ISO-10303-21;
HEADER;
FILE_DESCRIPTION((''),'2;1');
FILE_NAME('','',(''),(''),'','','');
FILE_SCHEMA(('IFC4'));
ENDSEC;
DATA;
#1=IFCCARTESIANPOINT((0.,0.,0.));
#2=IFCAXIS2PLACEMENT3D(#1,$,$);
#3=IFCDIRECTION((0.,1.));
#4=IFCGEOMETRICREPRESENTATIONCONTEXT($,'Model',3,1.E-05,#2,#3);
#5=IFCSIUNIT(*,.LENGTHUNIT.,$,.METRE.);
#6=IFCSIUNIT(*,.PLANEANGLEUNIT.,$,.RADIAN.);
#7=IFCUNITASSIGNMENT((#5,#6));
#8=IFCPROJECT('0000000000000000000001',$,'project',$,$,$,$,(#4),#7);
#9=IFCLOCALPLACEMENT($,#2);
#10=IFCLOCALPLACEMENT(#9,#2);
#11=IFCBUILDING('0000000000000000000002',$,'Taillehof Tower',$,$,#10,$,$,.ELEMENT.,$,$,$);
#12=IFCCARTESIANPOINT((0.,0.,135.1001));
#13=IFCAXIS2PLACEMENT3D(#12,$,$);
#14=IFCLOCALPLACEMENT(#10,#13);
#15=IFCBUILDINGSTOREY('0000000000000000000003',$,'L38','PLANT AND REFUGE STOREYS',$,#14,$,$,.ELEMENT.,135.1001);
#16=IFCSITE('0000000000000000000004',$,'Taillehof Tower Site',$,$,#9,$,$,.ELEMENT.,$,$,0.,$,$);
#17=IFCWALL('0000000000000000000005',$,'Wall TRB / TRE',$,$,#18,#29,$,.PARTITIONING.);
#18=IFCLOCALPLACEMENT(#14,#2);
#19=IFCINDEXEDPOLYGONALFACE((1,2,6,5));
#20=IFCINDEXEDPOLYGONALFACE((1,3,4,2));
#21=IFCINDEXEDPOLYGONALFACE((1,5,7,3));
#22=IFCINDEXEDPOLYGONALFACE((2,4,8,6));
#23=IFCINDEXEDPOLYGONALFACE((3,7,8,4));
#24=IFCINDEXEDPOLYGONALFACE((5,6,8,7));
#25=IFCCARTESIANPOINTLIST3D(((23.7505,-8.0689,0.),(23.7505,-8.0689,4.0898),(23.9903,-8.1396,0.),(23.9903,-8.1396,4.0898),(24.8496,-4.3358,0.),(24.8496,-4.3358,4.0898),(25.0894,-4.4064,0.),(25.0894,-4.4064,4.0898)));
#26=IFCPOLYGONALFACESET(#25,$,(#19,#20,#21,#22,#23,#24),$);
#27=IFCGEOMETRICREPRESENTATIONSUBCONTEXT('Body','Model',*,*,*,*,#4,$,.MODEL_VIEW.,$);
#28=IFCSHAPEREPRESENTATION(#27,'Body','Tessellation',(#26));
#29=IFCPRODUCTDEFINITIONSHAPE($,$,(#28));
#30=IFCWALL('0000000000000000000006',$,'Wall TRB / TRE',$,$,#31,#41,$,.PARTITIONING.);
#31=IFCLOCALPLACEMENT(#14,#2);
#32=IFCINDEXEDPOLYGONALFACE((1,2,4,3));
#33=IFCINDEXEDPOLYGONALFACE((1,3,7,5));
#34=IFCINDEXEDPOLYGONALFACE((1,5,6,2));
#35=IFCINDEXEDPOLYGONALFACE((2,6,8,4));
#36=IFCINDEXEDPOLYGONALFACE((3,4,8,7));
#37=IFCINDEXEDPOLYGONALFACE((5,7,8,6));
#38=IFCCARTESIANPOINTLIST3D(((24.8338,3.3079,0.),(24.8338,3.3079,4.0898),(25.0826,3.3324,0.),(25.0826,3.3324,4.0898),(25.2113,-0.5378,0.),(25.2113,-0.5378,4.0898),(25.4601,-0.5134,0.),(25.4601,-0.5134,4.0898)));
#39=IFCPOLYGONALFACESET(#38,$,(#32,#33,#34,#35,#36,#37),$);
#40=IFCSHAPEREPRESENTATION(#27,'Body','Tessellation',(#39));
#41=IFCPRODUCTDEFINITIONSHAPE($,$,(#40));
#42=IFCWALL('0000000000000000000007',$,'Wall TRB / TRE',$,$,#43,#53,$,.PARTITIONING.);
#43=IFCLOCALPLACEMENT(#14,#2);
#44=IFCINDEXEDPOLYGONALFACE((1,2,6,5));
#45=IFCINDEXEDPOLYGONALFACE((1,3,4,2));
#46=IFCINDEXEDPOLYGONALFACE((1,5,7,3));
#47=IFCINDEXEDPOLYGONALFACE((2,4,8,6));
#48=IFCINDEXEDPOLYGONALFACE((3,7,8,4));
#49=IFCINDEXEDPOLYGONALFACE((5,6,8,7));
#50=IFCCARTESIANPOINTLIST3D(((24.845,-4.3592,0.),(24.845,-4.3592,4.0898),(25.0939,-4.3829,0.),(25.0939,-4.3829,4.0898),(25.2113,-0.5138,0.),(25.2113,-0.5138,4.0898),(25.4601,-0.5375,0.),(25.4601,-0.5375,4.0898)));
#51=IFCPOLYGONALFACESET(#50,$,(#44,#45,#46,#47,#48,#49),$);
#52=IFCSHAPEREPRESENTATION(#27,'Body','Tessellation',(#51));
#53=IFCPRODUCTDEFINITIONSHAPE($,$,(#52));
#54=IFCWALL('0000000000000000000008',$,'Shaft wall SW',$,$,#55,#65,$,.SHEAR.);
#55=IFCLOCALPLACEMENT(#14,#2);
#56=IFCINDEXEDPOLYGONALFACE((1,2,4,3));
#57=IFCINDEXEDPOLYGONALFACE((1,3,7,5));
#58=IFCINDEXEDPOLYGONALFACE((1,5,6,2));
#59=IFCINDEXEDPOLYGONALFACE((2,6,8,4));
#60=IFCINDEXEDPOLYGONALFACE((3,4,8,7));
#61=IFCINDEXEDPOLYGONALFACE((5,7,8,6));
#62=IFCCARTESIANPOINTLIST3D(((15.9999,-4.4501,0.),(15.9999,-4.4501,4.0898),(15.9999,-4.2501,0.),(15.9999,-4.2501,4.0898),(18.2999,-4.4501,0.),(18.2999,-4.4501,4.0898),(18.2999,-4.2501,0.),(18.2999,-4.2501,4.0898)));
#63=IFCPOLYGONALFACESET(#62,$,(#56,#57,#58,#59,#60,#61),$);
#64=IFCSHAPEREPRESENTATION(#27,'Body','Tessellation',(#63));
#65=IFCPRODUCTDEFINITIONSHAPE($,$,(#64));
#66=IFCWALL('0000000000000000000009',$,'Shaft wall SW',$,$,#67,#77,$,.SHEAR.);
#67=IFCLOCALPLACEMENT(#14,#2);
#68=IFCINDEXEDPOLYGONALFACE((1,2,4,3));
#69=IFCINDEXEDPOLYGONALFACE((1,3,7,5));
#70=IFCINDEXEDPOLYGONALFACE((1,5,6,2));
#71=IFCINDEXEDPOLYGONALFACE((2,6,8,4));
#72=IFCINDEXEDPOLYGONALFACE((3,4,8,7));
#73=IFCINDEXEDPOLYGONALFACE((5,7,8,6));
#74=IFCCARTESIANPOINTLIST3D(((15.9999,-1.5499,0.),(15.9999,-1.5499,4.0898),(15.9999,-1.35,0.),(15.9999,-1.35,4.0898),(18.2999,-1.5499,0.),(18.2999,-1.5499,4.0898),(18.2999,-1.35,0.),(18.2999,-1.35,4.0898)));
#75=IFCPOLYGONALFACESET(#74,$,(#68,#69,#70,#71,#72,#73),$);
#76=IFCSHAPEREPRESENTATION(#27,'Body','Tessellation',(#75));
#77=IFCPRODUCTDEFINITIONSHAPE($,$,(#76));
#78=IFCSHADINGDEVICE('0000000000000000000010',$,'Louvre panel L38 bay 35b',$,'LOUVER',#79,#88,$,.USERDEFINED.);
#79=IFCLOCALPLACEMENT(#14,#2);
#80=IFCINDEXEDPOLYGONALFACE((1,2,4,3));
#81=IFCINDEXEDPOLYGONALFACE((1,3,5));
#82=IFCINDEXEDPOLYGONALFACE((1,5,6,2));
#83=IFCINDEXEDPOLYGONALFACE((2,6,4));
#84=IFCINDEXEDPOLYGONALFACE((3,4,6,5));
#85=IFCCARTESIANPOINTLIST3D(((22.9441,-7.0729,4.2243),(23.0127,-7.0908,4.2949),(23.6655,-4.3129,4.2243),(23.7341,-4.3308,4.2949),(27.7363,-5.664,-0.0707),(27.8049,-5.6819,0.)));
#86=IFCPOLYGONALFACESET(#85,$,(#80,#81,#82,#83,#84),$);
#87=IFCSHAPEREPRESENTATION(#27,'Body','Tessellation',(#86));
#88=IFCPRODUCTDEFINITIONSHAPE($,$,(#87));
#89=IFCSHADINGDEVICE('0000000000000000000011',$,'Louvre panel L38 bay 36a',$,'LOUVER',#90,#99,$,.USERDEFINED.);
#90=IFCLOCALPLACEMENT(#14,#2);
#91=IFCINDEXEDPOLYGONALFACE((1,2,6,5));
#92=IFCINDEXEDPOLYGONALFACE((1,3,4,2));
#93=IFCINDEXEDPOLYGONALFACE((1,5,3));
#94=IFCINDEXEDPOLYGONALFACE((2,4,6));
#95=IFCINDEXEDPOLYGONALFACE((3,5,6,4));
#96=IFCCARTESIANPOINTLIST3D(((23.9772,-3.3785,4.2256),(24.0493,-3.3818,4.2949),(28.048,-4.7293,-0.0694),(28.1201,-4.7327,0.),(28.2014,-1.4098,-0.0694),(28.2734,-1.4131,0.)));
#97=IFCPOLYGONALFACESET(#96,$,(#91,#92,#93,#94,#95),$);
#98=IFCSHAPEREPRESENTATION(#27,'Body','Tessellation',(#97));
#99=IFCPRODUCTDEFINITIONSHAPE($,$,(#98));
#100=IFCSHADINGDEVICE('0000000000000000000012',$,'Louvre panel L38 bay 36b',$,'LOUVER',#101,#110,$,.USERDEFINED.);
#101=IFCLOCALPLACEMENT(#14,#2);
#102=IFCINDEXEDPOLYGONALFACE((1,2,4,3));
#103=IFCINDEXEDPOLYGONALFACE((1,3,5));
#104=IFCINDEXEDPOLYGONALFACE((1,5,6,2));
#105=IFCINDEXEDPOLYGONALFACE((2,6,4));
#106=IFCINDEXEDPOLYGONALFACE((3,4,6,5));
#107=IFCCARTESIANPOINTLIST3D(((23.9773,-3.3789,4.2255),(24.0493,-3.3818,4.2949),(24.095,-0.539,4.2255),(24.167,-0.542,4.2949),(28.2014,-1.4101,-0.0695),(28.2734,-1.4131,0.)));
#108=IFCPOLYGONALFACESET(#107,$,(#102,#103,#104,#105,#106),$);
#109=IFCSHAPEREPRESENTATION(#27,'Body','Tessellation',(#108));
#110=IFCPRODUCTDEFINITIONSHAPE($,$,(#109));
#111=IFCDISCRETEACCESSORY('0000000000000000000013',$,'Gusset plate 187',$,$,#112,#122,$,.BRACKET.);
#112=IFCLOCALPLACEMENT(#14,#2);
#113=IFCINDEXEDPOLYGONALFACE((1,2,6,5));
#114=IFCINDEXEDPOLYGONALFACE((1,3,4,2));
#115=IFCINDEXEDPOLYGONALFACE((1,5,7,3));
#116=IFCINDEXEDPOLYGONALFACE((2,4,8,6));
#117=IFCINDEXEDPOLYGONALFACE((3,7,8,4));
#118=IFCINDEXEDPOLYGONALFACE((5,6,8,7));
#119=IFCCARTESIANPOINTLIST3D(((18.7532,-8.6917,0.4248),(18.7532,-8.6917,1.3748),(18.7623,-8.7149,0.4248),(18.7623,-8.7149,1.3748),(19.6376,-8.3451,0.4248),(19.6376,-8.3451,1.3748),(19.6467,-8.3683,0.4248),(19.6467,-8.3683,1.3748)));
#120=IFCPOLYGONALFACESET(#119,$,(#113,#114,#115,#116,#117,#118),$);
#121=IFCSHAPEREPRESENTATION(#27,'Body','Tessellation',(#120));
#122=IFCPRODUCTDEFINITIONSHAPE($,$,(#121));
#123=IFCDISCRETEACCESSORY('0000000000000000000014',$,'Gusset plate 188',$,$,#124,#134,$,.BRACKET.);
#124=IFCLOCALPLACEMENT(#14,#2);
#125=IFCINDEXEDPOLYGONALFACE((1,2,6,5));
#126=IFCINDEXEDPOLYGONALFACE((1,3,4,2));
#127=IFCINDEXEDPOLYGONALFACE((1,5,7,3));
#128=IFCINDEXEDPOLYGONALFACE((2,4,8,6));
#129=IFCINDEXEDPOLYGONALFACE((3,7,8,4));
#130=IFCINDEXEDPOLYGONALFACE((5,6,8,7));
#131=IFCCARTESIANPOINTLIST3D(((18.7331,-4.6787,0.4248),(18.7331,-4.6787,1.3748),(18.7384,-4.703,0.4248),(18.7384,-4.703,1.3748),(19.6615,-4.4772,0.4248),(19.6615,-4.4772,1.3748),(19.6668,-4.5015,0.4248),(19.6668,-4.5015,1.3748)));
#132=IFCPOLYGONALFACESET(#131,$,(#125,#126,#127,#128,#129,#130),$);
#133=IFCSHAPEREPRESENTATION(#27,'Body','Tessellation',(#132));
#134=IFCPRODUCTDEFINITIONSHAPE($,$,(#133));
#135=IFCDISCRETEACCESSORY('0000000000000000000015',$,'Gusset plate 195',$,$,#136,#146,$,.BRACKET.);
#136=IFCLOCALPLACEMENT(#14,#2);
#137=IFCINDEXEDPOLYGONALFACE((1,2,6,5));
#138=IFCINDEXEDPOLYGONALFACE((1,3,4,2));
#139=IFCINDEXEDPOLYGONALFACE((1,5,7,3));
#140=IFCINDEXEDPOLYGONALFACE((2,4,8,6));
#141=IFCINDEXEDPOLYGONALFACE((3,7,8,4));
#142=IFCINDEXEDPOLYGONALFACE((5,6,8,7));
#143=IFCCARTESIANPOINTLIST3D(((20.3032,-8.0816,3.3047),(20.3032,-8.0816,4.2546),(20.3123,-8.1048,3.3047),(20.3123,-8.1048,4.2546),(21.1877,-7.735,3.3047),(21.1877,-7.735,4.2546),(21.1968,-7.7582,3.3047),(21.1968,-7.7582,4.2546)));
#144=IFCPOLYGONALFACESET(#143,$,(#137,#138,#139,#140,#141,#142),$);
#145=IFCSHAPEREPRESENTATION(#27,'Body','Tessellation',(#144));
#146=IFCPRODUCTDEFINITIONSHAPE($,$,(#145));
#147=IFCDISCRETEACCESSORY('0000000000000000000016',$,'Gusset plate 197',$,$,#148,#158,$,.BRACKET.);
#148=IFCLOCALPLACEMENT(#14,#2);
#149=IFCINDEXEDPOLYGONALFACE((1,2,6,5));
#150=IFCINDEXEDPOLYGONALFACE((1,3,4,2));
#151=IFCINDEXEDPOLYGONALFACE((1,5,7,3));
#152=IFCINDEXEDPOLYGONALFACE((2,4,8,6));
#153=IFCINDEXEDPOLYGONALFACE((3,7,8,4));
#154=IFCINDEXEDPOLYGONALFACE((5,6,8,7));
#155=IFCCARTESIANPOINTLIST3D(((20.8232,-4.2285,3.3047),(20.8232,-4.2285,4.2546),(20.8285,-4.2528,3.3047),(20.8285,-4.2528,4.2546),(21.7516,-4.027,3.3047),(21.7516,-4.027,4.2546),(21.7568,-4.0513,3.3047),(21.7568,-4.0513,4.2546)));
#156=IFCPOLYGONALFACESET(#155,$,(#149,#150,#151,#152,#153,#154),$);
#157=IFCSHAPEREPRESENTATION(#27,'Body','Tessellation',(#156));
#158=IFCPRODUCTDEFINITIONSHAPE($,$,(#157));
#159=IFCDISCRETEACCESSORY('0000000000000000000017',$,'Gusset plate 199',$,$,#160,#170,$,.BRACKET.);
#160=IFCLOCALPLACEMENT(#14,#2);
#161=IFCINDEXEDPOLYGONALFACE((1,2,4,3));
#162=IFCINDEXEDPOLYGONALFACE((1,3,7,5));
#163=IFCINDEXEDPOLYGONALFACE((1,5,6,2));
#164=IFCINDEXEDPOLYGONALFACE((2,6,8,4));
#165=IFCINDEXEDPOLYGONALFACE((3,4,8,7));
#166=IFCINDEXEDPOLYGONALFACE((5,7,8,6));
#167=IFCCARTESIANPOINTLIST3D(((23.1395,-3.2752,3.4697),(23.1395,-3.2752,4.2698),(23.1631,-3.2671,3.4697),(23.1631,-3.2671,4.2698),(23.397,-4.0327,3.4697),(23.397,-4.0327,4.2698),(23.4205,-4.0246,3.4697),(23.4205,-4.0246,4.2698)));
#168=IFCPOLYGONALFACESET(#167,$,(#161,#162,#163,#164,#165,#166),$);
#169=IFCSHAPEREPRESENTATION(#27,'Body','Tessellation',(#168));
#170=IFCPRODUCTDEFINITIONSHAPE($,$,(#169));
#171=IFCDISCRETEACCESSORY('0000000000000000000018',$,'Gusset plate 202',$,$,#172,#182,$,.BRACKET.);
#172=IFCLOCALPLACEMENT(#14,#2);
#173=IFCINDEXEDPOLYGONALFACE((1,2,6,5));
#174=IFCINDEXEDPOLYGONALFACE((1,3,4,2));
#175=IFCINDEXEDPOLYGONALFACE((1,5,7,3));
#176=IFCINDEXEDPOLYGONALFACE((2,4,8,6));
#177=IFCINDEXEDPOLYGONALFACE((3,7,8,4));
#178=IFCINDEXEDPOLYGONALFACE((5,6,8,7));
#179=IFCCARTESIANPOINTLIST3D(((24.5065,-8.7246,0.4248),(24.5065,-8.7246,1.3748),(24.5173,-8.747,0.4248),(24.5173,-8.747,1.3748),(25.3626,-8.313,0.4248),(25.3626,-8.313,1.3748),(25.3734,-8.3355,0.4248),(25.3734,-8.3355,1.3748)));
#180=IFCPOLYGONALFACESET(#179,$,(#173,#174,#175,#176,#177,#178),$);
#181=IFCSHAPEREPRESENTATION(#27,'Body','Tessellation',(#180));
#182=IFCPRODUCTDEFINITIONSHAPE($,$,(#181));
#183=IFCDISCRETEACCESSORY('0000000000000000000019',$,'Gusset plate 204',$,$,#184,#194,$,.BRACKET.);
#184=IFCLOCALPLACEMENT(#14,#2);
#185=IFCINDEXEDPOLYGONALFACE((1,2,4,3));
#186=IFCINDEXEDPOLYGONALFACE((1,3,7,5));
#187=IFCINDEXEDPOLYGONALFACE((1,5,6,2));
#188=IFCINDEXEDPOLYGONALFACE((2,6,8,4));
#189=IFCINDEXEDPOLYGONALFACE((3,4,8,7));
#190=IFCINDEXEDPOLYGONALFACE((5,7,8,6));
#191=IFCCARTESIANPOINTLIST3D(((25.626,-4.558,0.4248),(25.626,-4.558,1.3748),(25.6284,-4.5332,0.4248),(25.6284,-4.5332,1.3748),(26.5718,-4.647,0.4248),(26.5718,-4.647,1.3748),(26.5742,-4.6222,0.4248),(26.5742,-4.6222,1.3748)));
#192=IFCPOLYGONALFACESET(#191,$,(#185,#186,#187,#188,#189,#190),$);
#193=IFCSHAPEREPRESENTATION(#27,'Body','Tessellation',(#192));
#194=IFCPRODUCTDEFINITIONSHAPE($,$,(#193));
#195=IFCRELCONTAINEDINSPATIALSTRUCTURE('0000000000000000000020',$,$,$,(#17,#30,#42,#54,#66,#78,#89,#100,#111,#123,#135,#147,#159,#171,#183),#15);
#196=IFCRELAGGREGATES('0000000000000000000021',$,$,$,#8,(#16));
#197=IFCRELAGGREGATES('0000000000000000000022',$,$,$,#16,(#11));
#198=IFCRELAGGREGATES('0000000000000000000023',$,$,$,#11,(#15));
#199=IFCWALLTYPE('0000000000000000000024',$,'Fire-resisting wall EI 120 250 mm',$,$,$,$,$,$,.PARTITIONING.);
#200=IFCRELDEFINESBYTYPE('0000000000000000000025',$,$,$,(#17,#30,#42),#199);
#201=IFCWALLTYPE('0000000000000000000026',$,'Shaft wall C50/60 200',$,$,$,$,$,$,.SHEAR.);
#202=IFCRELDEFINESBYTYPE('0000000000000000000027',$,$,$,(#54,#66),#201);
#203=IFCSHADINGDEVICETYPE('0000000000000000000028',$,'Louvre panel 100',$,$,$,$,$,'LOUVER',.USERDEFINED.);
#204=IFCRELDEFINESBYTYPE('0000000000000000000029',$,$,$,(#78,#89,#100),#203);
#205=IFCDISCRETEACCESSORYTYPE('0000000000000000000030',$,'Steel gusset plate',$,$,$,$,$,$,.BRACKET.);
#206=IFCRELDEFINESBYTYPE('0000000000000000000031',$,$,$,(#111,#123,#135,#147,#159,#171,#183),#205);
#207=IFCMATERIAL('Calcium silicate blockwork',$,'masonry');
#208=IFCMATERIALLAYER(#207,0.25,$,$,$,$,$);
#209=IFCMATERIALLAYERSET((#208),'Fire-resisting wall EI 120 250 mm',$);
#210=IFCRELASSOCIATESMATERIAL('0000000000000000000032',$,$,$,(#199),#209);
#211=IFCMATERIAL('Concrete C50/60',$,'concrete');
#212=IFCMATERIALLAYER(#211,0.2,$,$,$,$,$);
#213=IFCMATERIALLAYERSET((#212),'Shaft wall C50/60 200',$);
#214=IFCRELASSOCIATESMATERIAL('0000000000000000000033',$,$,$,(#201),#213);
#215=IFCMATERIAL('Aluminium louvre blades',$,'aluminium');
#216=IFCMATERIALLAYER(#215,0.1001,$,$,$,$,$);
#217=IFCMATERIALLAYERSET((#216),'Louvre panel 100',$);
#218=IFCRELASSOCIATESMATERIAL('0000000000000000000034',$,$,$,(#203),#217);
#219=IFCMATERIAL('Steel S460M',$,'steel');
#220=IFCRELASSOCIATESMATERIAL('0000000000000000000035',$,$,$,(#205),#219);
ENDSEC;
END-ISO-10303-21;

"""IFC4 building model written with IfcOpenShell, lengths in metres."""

from ifc_helpers import new_model, si_unit, direction, frame, frame_2d, origin, origin_2d, place, context, subcontext, project, spatial, polyline, rectangle, outline, extrude, material, layer, layer_set, type_object, element, save


model = new_model("IFC4")

# Units and contexts
model_context = context("Model", 3, precision=1e-05, world=origin(), true_north=direction((0.0, 1.0)))
body_context = subcontext(model_context, "Body", "Model", "MODEL_VIEW")
ifc_project = project(units=[si_unit("LENGTHUNIT", "METRE"), si_unit("PLANEANGLEUNIT", "RADIAN")], contexts=[model_context])

# Site, building, storey
site_placement = place(None, origin())
site = spatial("IfcSite", under=ifc_project, at=site_placement, Name="Taillehof Tower Site", CompositionType="ELEMENT", RefElevation=0.0)
building_placement = place(site_placement, origin())
building = spatial("IfcBuilding", under=site, at=building_placement, Name="Taillehof Tower", CompositionType="ELEMENT")
storey_placement = place(building_placement, frame((0.0, 0.0, 135.1001)))
storey = spatial("IfcBuildingStorey", under=building, at=storey_placement, Name="L38", Description="PLANT AND REFUGE STOREYS", CompositionType="ELEMENT", Elevation=135.1001)

# Walls
ifc_material_1 = material(Name="Calcium silicate blockwork", Category="masonry")
ifc_layer_1 = layer(ifc_material_1, 0.25)
ifc_layer_set_1 = layer_set([ifc_layer_1], Name="Fire-resisting wall EI 120 250 mm")
wall_type_1 = type_object("IfcWallType", Name="Fire-resisting wall EI 120 250 mm", PredefinedType="PARTITIONING", material=ifc_layer_set_1)
wall_1_placement = place(storey_placement, frame((23.8704, -8.1042, 0.0), z_axis=(0.0, 0.0, 1.0), x_axis=(0.282435, 0.959287, 0.0)))
element("IfcWall", 1, at=wall_1_placement, inside=storey, type_object=wall_type_1, Name="Wall TRB / TRE", PredefinedType="PARTITIONING", context=body_context, shape_type="SweptSolid", body=[
    extrude(rectangle(XDim=3.8916, YDim=0.25, at=frame_2d((1.9458, 0.0))), origin(), (0.0, 0.0, 1.0), 4.0898),
])
wall_2_placement = place(storey_placement, frame((25.3357, -0.5256, 0.0), z_axis=(0.0, 0.0, 1.0), x_axis=(-0.097677, 0.995218, 0.0)))
element("IfcWall", 2, at=wall_2_placement, inside=storey, type_object=wall_type_1, Name="Wall TRB / TRE", PredefinedType="PARTITIONING", context=body_context, shape_type="SweptSolid", body=[
    extrude(rectangle(XDim=3.8643, YDim=0.25, at=frame_2d((1.9321, 0.0))), origin(), (0.0, 0.0, 1.0), 4.0898),
])
wall_3_placement = place(storey_placement, frame((24.9695, -4.3711, 0.0), z_axis=(0.0, 0.0, 1.0), x_axis=(0.094803, 0.995496, 0.0)))
element("IfcWall", 3, at=wall_3_placement, inside=storey, type_object=wall_type_1, Name="Wall TRB / TRE", PredefinedType="PARTITIONING", context=body_context, shape_type="SweptSolid", body=[
    extrude(rectangle(XDim=3.8628, YDim=0.25, at=frame_2d((1.9314, 0.0))), origin(), (0.0, 0.0, 1.0), 4.0898),
])
ifc_material_2 = material(Name="Concrete C50/60", Category="concrete")
ifc_layer_2 = layer(ifc_material_2, 0.2)
ifc_layer_set_2 = layer_set([ifc_layer_2], Name="Shaft wall C50/60 200")
wall_type_2 = type_object("IfcWallType", Name="Shaft wall C50/60 200", PredefinedType="SHEAR", material=ifc_layer_set_2)
for number, where, z_axis, x_axis, name in (
    (4, (16.0, -4.3501, 0.0), (0.0, 0.0, 1.0), (1.0, 0.0, 0.0), "Shaft wall SW"),
    (5, (16.0, -1.45, 0.0), (0.0, 0.0, 1.0), (1.0, 0.0, 0.0), "Shaft wall SW"),
):
    element("IfcWall", number, at=place(storey_placement, frame(where, z_axis=z_axis, x_axis=x_axis)), inside=storey, type_object=wall_type_2, Name=name, PredefinedType="SHEAR", context=body_context, shape_type="SweptSolid", body=[
        extrude(rectangle(XDim=2.3, YDim=0.2, at=frame_2d((1.1499, 0.0))), origin(), (0.0, 0.0, 1.0), 4.0898),
    ])

# Shading devices
ifc_material_3 = material(Name="Aluminium louvre blades", Category="aluminium")
ifc_layer_3 = layer(ifc_material_3, 0.1001)
ifc_layer_set_3 = layer_set([ifc_layer_3], Name="Louvre panel 100")
shading_device_type = type_object("IfcShadingDeviceType", Name="Louvre panel 100", ElementType="LOUVER", PredefinedType="USERDEFINED", material=ifc_layer_set_3)
shading_device_1_placement = place(storey_placement, frame((27.8049, -5.6819, 0.0), z_axis=(0.685299, -0.179129, 0.705888), x_axis=(-0.670658, 0.222587, 0.707582)))
element("IfcShadingDevice", 6, at=shading_device_1_placement, inside=storey, type_object=shading_device_type, Name="Louvre panel L38 bay 35b", ObjectType="LOUVER", PredefinedType="USERDEFINED", context=body_context, shape_type="SweptSolid", body=[
    extrude(outline(polyline([(0.0, 0.0), (6.0699, 0.0), (5.9394, 2.8498), (0.0, 0.0)])), origin(), (0.0, 0.0, -1.0), 0.1001),
])
shading_device_2_placement = place(storey_placement, frame((28.1201, -4.7327, 0.0), z_axis=(0.720144, -0.033261, 0.693026), x_axis=(0.046137, 0.998935, 0.0)))
element("IfcShadingDevice", 7, at=shading_device_2_placement, inside=storey, type_object=shading_device_type, Name="Louvre panel L38 bay 36a", ObjectType="LOUVER", PredefinedType="USERDEFINED", context=body_context, shape_type="SweptSolid", body=[
    extrude(outline(polyline([(0.0, 0.0), (3.3231, 0.0), (1.1616, 5.9576), (0.0, 0.0)])), origin(), (0.0, 0.0, -1.0), 0.1001),
])
shading_device_3_placement = place(storey_placement, frame((28.2734, -1.4131, 0.0), z_axis=(0.71944, -0.029812, 0.693915), x_axis=(-0.683762, 0.145045, 0.715145)))
element("IfcShadingDevice", 8, at=shading_device_3_placement, inside=storey, type_object=shading_device_type, Name="Louvre panel L38 bay 36b", ObjectType="LOUVER", PredefinedType="USERDEFINED", context=body_context, shape_type="SweptSolid", body=[
    extrude(outline(polyline([(0.0, 0.0), (6.0057, 0.0), (5.6742, 2.8229), (0.0, 0.0)])), origin(), (0.0, 0.0, -1.0), 0.1001),
])

# Discrete accessories
ifc_material_4 = material(Name="Steel S460M", Category="steel")
discrete_accessory_type = type_object("IfcDiscreteAccessoryType", Name="Steel gusset plate", PredefinedType="BRACKET", material=ifc_material_4)
for number, where, z_axis, x_axis, name in (
    (9, (19.2, -8.53, 0.4248), (0.0, 0.0, 1.0), (0.931062, 0.364861, 0.0), "Gusset plate 187"),
    (10, (19.2, -4.5901, 0.4248), (0.0, 0.0, 1.0), (0.977249, 0.212094, 0.0), "Gusset plate 188"),
    (11, (20.75, -7.9199, 3.3047), (0.0, 0.0, 1.0), (0.931062, 0.364861, 0.0), "Gusset plate 195"),
    (12, (21.29, -4.1399, 3.3047), (0.0, 0.0, 1.0), (0.977249, 0.212094, 0.0), "Gusset plate 197"),
):
    element("IfcDiscreteAccessory", number, at=place(storey_placement, frame(where, z_axis=z_axis, x_axis=x_axis)), inside=storey, type_object=discrete_accessory_type, Name=name, PredefinedType="BRACKET", context=body_context, shape_type="SweptSolid", body=[
        extrude(rectangle(XDim=0.95, YDim=0.0249, at=origin_2d()), origin(), (0.0, 0.0, 1.0), 0.95),
    ])
discrete_accessory_placement = place(storey_placement, frame((23.28, -3.6499, 3.4697), z_axis=(0.0, 0.0, 1.0), x_axis=(-0.321772, 0.946817, 0.0)))
element("IfcDiscreteAccessory", 13, at=discrete_accessory_placement, inside=storey, type_object=discrete_accessory_type, Name="Gusset plate 199", PredefinedType="BRACKET", context=body_context, shape_type="SweptSolid", body=[
    extrude(rectangle(XDim=0.8, YDim=0.0249, at=origin_2d()), origin(), (0.0, 0.0, 1.0), 0.8),
])
for number, where, z_axis, x_axis, name in (
    (14, (24.9399, -8.53, 0.4248), (0.0, 0.0, 1.0), (0.901271, 0.433256, 0.0), "Gusset plate 202"),
    (15, (26.1001, -4.5901, 0.4248), (0.0, 0.0, 1.0), (0.995608, -0.093622, 0.0), "Gusset plate 204"),
):
    element("IfcDiscreteAccessory", number, at=place(storey_placement, frame(where, z_axis=z_axis, x_axis=x_axis)), inside=storey, type_object=discrete_accessory_type, Name=name, PredefinedType="BRACKET", context=body_context, shape_type="SweptSolid", body=[
        extrude(rectangle(XDim=0.95, YDim=0.0249, at=origin_2d()), origin(), (0.0, 0.0, 1.0), 0.95),
    ])

save(model, "model.ifc")
